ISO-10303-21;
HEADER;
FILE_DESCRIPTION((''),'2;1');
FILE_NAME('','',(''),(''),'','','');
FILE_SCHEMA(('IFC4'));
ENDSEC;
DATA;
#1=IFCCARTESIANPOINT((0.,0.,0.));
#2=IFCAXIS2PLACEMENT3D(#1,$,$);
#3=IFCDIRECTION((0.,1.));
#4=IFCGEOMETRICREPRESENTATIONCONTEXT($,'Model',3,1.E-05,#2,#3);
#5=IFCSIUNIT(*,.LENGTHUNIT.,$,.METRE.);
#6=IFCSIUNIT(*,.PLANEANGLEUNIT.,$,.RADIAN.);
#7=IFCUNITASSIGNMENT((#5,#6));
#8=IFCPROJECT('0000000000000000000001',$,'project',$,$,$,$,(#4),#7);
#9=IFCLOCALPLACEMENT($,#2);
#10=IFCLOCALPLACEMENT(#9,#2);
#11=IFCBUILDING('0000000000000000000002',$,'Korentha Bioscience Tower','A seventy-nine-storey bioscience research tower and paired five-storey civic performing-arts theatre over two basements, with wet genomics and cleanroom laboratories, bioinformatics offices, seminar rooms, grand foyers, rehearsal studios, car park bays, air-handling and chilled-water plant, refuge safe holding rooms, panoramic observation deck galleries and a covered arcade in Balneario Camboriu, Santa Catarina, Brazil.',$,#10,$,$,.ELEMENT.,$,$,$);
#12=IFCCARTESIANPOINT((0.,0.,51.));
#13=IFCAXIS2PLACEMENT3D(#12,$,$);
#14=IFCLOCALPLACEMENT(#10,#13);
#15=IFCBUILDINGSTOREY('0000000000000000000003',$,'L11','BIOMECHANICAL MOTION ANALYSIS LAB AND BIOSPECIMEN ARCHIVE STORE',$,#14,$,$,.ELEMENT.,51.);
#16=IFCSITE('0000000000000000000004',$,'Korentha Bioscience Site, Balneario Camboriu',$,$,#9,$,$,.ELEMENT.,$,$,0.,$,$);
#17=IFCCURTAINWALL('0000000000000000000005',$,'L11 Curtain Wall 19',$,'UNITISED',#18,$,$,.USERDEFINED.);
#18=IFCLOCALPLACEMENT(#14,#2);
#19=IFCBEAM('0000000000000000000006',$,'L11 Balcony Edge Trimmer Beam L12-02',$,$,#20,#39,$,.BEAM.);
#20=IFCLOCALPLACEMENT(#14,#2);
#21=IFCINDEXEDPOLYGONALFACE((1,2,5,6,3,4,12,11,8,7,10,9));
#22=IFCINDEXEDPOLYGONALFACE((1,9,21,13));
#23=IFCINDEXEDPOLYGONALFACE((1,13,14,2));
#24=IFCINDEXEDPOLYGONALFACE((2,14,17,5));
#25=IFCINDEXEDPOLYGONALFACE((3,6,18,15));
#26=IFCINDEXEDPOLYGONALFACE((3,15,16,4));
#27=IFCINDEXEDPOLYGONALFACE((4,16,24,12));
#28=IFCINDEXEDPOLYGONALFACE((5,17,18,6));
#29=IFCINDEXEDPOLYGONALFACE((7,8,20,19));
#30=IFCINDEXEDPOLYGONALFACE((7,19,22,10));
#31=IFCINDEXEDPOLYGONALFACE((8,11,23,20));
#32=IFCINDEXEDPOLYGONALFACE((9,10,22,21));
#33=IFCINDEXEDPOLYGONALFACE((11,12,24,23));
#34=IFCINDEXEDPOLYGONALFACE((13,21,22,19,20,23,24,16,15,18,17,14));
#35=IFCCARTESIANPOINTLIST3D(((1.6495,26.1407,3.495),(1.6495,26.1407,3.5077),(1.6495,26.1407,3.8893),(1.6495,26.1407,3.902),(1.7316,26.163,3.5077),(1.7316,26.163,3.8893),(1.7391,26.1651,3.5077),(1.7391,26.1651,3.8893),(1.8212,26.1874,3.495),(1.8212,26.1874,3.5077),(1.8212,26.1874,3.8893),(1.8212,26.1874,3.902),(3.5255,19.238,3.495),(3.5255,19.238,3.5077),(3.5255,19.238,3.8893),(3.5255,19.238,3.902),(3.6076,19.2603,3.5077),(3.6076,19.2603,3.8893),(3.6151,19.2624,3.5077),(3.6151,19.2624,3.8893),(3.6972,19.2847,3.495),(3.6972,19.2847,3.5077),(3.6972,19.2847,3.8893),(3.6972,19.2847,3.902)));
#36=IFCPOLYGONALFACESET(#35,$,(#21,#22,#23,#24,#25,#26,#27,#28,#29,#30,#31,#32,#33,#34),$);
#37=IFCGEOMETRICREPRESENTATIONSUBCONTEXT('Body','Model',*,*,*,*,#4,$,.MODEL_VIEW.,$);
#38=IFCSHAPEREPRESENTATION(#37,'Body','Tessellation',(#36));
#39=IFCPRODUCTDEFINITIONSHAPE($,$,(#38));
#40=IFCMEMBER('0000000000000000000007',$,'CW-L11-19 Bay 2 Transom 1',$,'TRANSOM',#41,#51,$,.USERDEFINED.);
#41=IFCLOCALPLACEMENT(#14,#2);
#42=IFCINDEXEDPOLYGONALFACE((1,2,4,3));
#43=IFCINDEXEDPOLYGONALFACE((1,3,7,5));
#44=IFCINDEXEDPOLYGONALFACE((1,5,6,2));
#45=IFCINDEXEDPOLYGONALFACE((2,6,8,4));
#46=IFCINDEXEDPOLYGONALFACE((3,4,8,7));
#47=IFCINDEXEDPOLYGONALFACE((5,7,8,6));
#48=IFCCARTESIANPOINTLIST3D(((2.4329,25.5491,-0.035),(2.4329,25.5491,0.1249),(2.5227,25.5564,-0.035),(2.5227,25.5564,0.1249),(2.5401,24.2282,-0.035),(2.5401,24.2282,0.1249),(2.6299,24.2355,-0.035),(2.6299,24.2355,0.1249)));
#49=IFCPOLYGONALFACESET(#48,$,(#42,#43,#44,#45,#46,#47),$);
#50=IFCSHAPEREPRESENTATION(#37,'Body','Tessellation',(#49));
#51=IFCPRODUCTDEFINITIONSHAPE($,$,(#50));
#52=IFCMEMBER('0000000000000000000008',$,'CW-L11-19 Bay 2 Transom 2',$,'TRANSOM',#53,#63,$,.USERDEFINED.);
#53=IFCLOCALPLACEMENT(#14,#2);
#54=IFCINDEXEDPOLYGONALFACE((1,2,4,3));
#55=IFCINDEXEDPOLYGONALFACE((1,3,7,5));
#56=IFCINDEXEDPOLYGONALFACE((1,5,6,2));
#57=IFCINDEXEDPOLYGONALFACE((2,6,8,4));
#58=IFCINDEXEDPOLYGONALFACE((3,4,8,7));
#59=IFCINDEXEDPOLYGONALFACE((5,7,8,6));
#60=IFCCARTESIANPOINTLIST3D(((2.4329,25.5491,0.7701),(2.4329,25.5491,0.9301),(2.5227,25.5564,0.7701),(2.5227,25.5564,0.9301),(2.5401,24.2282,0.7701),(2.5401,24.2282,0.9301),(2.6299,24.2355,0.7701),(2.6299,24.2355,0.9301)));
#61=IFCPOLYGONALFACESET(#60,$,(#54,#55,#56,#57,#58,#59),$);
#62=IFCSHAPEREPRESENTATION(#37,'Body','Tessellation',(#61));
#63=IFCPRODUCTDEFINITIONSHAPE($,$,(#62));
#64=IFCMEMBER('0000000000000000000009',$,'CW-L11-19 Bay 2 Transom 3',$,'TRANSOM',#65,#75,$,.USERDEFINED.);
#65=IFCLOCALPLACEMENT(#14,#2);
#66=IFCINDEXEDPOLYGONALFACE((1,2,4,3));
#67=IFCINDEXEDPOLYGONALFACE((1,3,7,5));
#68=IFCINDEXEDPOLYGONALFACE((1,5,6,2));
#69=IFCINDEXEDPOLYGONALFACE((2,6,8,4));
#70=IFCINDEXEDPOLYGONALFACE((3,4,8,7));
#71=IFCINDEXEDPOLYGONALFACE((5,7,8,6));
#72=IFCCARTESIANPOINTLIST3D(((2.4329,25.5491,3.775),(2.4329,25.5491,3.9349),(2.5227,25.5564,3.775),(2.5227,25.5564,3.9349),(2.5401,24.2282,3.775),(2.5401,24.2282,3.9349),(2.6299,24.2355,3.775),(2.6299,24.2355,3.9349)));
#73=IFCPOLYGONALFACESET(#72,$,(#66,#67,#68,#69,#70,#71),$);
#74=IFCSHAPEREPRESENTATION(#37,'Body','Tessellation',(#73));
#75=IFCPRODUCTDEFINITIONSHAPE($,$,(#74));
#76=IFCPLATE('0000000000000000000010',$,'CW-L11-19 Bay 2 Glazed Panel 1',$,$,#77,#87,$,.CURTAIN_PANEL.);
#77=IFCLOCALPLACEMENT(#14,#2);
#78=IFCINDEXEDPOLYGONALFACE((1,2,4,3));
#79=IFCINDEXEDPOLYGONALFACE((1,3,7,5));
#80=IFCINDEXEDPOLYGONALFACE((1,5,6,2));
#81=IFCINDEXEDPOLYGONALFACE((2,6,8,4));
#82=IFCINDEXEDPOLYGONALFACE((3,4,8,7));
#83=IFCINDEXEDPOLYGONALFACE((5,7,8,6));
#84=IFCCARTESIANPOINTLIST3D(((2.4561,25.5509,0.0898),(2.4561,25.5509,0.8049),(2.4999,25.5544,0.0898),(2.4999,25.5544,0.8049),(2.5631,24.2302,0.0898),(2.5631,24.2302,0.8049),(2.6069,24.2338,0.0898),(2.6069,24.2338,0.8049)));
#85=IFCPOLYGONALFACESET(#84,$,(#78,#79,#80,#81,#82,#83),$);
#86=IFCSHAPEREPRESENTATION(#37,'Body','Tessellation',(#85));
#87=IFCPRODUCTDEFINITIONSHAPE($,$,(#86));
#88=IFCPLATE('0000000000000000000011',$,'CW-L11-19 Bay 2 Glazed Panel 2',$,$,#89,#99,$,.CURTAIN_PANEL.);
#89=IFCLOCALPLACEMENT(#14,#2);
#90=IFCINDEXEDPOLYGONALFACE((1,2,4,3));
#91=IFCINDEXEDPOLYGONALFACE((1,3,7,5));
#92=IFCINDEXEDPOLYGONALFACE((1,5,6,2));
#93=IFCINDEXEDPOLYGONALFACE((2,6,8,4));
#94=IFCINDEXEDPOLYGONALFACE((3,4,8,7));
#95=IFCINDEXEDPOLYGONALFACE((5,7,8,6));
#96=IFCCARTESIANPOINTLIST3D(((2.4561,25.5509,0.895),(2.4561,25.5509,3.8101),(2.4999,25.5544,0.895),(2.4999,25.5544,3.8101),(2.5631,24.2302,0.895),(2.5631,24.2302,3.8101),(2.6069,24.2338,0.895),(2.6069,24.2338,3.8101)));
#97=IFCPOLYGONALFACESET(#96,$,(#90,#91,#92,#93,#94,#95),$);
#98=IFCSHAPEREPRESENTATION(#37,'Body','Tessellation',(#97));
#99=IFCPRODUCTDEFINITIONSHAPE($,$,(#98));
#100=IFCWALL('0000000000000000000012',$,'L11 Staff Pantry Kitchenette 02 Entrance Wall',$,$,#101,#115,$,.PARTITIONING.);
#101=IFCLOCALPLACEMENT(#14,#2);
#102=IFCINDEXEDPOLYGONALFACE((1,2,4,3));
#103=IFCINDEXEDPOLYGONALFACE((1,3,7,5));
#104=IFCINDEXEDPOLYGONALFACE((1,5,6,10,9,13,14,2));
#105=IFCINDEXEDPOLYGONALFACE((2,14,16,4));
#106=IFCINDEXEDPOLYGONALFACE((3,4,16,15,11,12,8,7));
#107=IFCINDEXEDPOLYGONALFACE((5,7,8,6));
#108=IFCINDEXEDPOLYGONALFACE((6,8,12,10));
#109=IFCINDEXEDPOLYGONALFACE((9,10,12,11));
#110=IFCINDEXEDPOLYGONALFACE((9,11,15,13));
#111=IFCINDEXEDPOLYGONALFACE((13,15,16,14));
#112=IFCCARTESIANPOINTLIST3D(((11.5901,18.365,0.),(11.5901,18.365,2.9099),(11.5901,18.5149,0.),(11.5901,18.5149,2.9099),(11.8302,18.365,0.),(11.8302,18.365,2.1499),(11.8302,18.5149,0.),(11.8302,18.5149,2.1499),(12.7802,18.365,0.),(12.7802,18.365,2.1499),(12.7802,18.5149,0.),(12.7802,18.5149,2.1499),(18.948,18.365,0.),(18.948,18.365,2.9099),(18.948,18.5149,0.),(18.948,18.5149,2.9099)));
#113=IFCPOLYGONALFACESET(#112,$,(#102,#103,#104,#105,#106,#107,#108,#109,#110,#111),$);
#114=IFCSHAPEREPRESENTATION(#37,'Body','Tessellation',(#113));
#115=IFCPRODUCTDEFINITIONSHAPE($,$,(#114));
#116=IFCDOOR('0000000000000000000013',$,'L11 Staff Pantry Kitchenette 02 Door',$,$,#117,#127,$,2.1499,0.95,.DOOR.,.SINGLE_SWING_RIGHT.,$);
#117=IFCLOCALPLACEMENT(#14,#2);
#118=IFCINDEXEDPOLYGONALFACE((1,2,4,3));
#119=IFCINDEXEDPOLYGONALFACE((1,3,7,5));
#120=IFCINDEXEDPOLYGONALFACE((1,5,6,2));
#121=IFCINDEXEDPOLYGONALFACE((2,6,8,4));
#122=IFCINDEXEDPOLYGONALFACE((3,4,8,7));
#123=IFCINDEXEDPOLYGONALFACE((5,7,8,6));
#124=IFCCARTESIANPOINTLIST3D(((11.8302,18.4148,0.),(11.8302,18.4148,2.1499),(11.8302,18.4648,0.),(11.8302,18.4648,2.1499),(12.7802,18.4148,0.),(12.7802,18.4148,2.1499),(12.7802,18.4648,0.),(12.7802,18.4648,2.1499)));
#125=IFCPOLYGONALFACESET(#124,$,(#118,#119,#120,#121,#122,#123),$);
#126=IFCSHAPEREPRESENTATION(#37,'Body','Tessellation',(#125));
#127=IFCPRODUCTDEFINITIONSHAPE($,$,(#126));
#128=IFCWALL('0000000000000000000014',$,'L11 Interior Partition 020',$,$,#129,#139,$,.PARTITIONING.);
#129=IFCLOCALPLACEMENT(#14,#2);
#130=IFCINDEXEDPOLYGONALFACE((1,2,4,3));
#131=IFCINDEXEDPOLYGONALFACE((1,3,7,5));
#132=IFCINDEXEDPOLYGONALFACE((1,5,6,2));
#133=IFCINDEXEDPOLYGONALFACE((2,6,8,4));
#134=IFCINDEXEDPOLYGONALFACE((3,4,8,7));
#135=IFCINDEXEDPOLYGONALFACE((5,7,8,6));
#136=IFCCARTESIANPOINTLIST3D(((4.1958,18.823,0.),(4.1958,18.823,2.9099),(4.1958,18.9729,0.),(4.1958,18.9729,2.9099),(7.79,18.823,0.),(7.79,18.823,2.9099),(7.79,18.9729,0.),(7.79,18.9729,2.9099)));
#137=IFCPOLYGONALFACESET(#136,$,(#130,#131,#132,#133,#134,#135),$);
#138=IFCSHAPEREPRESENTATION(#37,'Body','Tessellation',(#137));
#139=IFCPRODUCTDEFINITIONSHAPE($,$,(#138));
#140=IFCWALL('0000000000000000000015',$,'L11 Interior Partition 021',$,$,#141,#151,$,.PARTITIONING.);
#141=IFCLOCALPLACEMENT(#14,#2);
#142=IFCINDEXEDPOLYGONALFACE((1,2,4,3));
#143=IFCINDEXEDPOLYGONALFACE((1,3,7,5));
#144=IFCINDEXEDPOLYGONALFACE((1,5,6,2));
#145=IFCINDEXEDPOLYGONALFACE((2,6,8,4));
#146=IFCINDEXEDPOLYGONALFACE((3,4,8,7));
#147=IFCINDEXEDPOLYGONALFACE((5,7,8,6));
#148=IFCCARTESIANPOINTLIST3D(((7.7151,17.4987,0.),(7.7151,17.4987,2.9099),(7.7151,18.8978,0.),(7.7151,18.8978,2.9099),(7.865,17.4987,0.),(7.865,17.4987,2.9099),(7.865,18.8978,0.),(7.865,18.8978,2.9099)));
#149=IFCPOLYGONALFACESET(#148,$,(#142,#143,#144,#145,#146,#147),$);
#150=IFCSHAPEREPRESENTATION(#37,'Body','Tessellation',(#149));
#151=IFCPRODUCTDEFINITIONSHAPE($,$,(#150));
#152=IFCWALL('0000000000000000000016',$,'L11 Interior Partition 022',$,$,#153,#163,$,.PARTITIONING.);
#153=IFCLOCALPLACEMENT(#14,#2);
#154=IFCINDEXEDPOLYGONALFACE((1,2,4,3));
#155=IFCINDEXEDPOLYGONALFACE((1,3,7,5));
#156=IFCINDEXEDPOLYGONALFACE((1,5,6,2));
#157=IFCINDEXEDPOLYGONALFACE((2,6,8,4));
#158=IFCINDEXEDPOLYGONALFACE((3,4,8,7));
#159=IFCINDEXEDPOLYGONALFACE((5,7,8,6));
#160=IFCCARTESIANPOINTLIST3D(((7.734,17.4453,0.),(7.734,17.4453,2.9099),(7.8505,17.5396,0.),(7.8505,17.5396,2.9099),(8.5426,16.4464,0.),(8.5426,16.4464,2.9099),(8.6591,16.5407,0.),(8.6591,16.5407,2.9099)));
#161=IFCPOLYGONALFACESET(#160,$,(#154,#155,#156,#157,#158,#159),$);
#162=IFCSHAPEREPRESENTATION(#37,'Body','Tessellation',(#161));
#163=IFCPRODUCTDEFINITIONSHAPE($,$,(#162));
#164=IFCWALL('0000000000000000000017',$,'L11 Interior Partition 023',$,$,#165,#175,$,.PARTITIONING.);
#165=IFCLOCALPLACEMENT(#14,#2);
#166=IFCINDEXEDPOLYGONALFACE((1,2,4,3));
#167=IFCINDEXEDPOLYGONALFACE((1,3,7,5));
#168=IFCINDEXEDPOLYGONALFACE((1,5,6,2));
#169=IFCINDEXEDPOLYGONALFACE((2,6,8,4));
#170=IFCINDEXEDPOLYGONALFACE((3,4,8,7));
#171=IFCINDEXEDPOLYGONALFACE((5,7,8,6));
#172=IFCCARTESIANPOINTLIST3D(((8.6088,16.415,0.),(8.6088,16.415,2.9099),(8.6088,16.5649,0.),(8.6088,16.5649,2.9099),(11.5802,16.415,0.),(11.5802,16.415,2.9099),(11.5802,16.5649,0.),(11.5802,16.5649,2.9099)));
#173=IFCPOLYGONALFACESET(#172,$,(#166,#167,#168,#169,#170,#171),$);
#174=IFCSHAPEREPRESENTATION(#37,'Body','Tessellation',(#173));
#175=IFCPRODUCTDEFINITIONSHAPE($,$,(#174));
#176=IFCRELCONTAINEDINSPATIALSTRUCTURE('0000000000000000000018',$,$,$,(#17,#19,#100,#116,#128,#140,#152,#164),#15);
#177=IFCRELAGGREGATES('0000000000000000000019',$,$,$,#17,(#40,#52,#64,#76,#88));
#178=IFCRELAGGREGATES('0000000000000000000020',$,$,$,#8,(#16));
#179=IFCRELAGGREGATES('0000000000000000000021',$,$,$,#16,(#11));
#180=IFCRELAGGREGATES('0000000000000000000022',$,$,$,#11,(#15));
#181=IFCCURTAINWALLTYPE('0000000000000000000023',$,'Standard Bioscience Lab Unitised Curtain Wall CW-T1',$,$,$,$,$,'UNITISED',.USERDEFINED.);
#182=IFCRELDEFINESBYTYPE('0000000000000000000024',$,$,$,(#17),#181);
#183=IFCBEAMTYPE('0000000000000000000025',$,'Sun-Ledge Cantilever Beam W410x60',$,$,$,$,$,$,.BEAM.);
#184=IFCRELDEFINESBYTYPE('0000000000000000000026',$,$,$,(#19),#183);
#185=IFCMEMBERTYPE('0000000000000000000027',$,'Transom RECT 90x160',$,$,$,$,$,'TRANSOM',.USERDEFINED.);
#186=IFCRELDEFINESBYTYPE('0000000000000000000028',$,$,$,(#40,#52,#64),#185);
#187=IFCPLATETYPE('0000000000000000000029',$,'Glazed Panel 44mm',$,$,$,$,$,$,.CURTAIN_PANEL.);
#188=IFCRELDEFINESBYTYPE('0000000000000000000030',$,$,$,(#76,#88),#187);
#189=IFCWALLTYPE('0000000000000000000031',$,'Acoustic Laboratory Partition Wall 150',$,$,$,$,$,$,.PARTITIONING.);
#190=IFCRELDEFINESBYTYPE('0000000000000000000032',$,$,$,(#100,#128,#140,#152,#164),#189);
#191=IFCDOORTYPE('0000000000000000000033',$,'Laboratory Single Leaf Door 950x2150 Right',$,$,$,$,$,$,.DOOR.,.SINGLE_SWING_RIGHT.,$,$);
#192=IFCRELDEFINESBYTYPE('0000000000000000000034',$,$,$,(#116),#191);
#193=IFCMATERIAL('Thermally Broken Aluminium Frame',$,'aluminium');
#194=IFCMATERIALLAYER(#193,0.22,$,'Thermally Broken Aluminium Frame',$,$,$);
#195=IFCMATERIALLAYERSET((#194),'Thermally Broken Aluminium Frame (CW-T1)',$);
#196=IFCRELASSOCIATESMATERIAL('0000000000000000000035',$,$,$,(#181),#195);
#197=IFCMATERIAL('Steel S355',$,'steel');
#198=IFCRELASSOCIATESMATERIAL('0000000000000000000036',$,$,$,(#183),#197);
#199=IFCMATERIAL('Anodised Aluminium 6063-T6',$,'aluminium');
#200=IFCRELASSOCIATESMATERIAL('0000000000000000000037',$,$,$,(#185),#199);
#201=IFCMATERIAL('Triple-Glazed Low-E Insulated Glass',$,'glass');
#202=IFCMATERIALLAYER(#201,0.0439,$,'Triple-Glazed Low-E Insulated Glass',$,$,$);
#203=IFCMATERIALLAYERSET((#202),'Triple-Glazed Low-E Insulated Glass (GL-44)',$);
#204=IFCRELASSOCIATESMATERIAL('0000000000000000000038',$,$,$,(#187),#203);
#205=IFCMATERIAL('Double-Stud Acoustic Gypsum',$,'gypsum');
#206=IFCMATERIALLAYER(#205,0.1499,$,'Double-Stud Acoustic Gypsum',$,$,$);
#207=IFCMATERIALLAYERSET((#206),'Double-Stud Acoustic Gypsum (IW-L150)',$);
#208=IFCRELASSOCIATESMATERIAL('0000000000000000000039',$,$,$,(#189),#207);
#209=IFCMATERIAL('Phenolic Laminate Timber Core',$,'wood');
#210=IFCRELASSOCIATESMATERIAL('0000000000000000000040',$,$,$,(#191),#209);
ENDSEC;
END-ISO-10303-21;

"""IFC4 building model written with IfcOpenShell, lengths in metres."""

from ifc_helpers import new_model, si_unit, direction, frame, frame_2d, origin, origin_2d, place, context, subcontext, project, spatial, rectangle, i_section, extrude, material, layer, layer_set, material_profile, profile_set, type_object, element, fill, aggregate, save


model = new_model("IFC4")

# Units and contexts
model_context = context("Model", 3, precision=1e-05, world=origin(), true_north=direction((0.0, 1.0)))
body_context = subcontext(model_context, "Body", "Model", "MODEL_VIEW")
ifc_project = project(units=[si_unit("LENGTHUNIT", "METRE"), si_unit("PLANEANGLEUNIT", "RADIAN")], contexts=[model_context])

# Site, building, storey
site_placement = place(None, origin())
site = spatial("IfcSite", under=ifc_project, at=site_placement, Name="Korentha Bioscience Site, Balneario Camboriu", CompositionType="ELEMENT", RefElevation=0.0)
building_placement = place(site_placement, origin())
building = spatial("IfcBuilding", under=site, at=building_placement, Name="Korentha Bioscience Tower", Description="A seventy-nine-storey bioscience research tower and paired five-storey civic performing-arts theatre over two basements, with wet genomics and cleanroom laboratories, bioinformatics offices, seminar rooms, grand foyers, rehearsal studios, car park bays, air-handling and chilled-water plant, refuge safe holding rooms, panoramic observation deck galleries and a covered arcade in Balneario Camboriu, Santa Catarina, Brazil.", CompositionType="ELEMENT")
storey_placement = place(building_placement, frame((0.0, 0.0, 51.0)))
storey = spatial("IfcBuildingStorey", under=building, at=storey_placement, Name="L11", Description="BIOMECHANICAL MOTION ANALYSIS LAB AND BIOSPECIMEN ARCHIVE STORE", CompositionType="ELEMENT", Elevation=51.0)

# Curtain wall
ifc_material_1 = material(Name="Thermally Broken Aluminium Frame", Category="aluminium")
ifc_layer_1 = layer(ifc_material_1, 0.22, Name="Thermally Broken Aluminium Frame")
ifc_layer_set_1 = layer_set([ifc_layer_1], Name="Thermally Broken Aluminium Frame (CW-T1)")
curtain_wall_type = type_object("IfcCurtainWallType", Name="Standard Bioscience Lab Unitised Curtain Wall CW-T1", ElementType="UNITISED", PredefinedType="USERDEFINED", material=ifc_layer_set_1)
curtain_wall_placement = place(storey_placement, origin())
curtain_wall = element("IfcCurtainWall", 1, at=curtain_wall_placement, inside=storey, type_object=curtain_wall_type, Name="L11 Curtain Wall 19", ObjectType="UNITISED", PredefinedType="USERDEFINED")
ifc_material_2 = material(Name="Anodised Aluminium 6063-T6", Category="aluminium")

# Beam
ifc_material_3 = material(Name="Steel S355", Category="steel")
ifc_material_profile_1 = material_profile(ifc_material_3, i_section(OverallWidth=0.178, OverallDepth=0.407, WebThickness=0.0078, FlangeThickness=0.0127, at=origin_2d()), Name="Steel S355")
ifc_profile_set_1 = profile_set([ifc_material_profile_1], Name="Steel S355 (CB-410)")
beam_type_1 = type_object("IfcBeamType", Name="Sun-Ledge Cantilever Beam W410x60", PredefinedType="BEAM", material=ifc_profile_set_1)
beam_1_placement = place(storey_placement, frame((1.7354, 26.1641, 3.6985), z_axis=(0.262265, -0.964996, 0.0), x_axis=(0.964996, 0.262265, 0.0)))
element("IfcBeam", 2, at=beam_1_placement, inside=storey, type_object=beam_type_1, Name="L11 Balcony Edge Trimmer Beam L12-02", PredefinedType="BEAM", context=body_context, shape_type="SweptSolid", body=[
    extrude(i_section(OverallWidth=0.178, OverallDepth=0.407, WebThickness=0.0078, FlangeThickness=0.0127, at=origin_2d()), origin(), (0.0, 0.0, 1.0), 7.1531),
])

# Members
ifc_material_profile_2 = material_profile(ifc_material_2, rectangle(XDim=0.0901, YDim=0.1599, at=origin_2d()), Name="Anodised Aluminium 6063-T6")
ifc_profile_set_2 = profile_set([ifc_material_profile_2], Name="Anodised Aluminium 6063-T6 (CW-TRN)")
member_type_1 = type_object("IfcMemberType", Name="Transom RECT 90x160", ElementType="TRANSOM", PredefinedType="USERDEFINED", material=ifc_profile_set_2)
member_1_placement = place(storey_placement, frame((2.4778, 25.5527, 0.0449), z_axis=(0.08088, -0.996724, 0.0), x_axis=(0.996724, 0.08088, 0.0)))
member_1 = element("IfcMember", 3, at=member_1_placement, type_object=member_type_1, Name="CW-L11-19 Bay 2 Transom 1", ObjectType="TRANSOM", PredefinedType="USERDEFINED", context=body_context, shape_type="SweptSolid", body=[
    extrude(rectangle(XDim=0.0901, YDim=0.1599, at=origin_2d()), origin(), (0.0, 0.0, 1.0), 1.3252),
])
member_2_placement = place(storey_placement, frame((2.4778, 25.5527, 0.8501), z_axis=(0.08088, -0.996724, 0.0), x_axis=(0.996724, 0.08088, 0.0)))
member_2 = element("IfcMember", 4, at=member_2_placement, type_object=member_type_1, Name="CW-L11-19 Bay 2 Transom 2", ObjectType="TRANSOM", PredefinedType="USERDEFINED", context=body_context, shape_type="SweptSolid", body=[
    extrude(rectangle(XDim=0.0901, YDim=0.1599, at=origin_2d()), origin(), (0.0, 0.0, 1.0), 1.3252),
])
member_3_placement = place(storey_placement, frame((2.4778, 25.5527, 3.855), z_axis=(0.08088, -0.996724, 0.0), x_axis=(0.996724, 0.08088, 0.0)))
member_3 = element("IfcMember", 5, at=member_3_placement, type_object=member_type_1, Name="CW-L11-19 Bay 2 Transom 3", ObjectType="TRANSOM", PredefinedType="USERDEFINED", context=body_context, shape_type="SweptSolid", body=[
    extrude(rectangle(XDim=0.0901, YDim=0.1599, at=origin_2d()), origin(), (0.0, 0.0, 1.0), 1.3252),
])

# Plates
ifc_material_4 = material(Name="Triple-Glazed Low-E Insulated Glass", Category="glass")
ifc_layer_2 = layer(ifc_material_4, 0.0439, Name="Triple-Glazed Low-E Insulated Glass")
ifc_layer_set_2 = layer_set([ifc_layer_2], Name="Triple-Glazed Low-E Insulated Glass (GL-44)")
plate_type = type_object("IfcPlateType", Name="Glazed Panel 44mm", PredefinedType="CURTAIN_PANEL", material=ifc_layer_set_2)
plate_1_placement = place(storey_placement, frame((2.5315, 24.8923, 0.0898), z_axis=(0.0, 0.0, 1.0), x_axis=(0.08082, -0.996729, 0.0)))
plate_1 = element("IfcPlate", 6, at=plate_1_placement, type_object=plate_type, Name="CW-L11-19 Bay 2 Glazed Panel 1", PredefinedType="CURTAIN_PANEL", context=body_context, shape_type="SweptSolid", body=[
    extrude(rectangle(XDim=1.325, YDim=0.0439, at=origin_2d()), origin(), (0.0, 0.0, 1.0), 0.7151),
])
plate_2_placement = place(storey_placement, frame((2.5315, 24.8923, 0.895), z_axis=(0.0, 0.0, 1.0), x_axis=(0.08082, -0.996729, 0.0)))
plate_2 = element("IfcPlate", 7, at=plate_2_placement, type_object=plate_type, Name="CW-L11-19 Bay 2 Glazed Panel 2", PredefinedType="CURTAIN_PANEL", context=body_context, shape_type="SweptSolid", body=[
    extrude(rectangle(XDim=1.325, YDim=0.0439, at=origin_2d()), origin(), (0.0, 0.0, 1.0), 2.915),
])
aggregate(curtain_wall, [member_1, member_2, member_3, plate_1, plate_2])

# Wall, opening, door
ifc_material_5 = material(Name="Double-Stud Acoustic Gypsum", Category="gypsum")
ifc_layer_3 = layer(ifc_material_5, 0.1499, Name="Double-Stud Acoustic Gypsum")
ifc_layer_set_3 = layer_set([ifc_layer_3], Name="Double-Stud Acoustic Gypsum (IW-L150)")
wall_type_1 = type_object("IfcWallType", Name="Acoustic Laboratory Partition Wall 150", PredefinedType="PARTITIONING", material=ifc_layer_set_3)
wall_1_placement = place(storey_placement, frame((11.5901, 18.4399, 0.0), z_axis=(0.0, 0.0, 1.0), x_axis=(1.0, 0.0, 0.0)))
wall_1 = element("IfcWall", 8, at=wall_1_placement, inside=storey, type_object=wall_type_1, Name="L11 Staff Pantry Kitchenette 02 Entrance Wall", PredefinedType="PARTITIONING", context=body_context, shape_type="SweptSolid", body=[
    extrude(rectangle(XDim=7.3579, YDim=0.1499, at=frame_2d((3.679, 0.0))), origin(), (0.0, 0.0, 1.0), 2.9099),
])
opening_1_placement = place(wall_1_placement, frame((0.24, 0.0, 0.0)))
opening_1 = element("IfcOpeningElement", 9, at=opening_1_placement, cuts=wall_1, PredefinedType="OPENING", context=body_context, shape_type="SweptSolid", body=[
    extrude(rectangle(XDim=0.95, YDim=2.1499, at=frame_2d((0.4751, 1.075))), frame((0.0, 0.0898, 0.0), z_axis=(0.0, -1.0, 0.0), x_axis=(1.0, 0.0, 0.0)), (0.0, 0.0, 1.0), 0.1797),
])
ifc_material_6 = material(Name="Phenolic Laminate Timber Core", Category="wood")
door_type_1 = type_object("IfcDoorType", Name="Laboratory Single Leaf Door 950x2150 Right", OperationType="SINGLE_SWING_RIGHT", PredefinedType="DOOR", material=ifc_material_6)
door_1_placement = place(opening_1_placement, origin())
door_1 = element("IfcDoor", 10, at=door_1_placement, inside=storey, type_object=door_type_1, Name="L11 Staff Pantry Kitchenette 02 Door", OperationType="SINGLE_SWING_RIGHT", OverallHeight=2.1499, OverallWidth=0.95, PredefinedType="DOOR", context=body_context, shape_type="SweptSolid", body=[
    extrude(rectangle(XDim=0.95, YDim=2.1499, at=frame_2d((0.4751, 1.075))), frame((0.0, 0.0249, 0.0), z_axis=(0.0, -1.0, 0.0), x_axis=(1.0, 0.0, 0.0)), (0.0, 0.0, 1.0), 0.05),
])
fill(opening_1, door_1)

# Walls
wall_2_placement = place(storey_placement, frame((4.1958, 18.8979, 0.0), z_axis=(0.0, 0.0, 1.0), x_axis=(1.0, 0.0, 0.0)))
element("IfcWall", 11, at=wall_2_placement, inside=storey, type_object=wall_type_1, Name="L11 Interior Partition 020", PredefinedType="PARTITIONING", context=body_context, shape_type="SweptSolid", body=[
    extrude(rectangle(XDim=3.5942, YDim=0.1499, at=frame_2d((1.7971, 0.0))), origin(), (0.0, 0.0, 1.0), 2.9099),
])
wall_3_placement = place(storey_placement, frame((7.79, 18.8979, 0.0), z_axis=(0.0, 0.0, 1.0), x_axis=(0.0, -1.0, 0.0)))
element("IfcWall", 12, at=wall_3_placement, inside=storey, type_object=wall_type_1, Name="L11 Interior Partition 021", PredefinedType="PARTITIONING", context=body_context, shape_type="SweptSolid", body=[
    extrude(rectangle(XDim=1.3992, YDim=0.1499, at=frame_2d((0.6997, 0.0))), origin(), (0.0, 0.0, 1.0), 2.9099),
])
wall_4_placement = place(storey_placement, frame((7.7922, 17.4924, 0.0), z_axis=(0.0, 0.0, 1.0), x_axis=(0.629226, -0.777223, 0.0)))
element("IfcWall", 13, at=wall_4_placement, inside=storey, type_object=wall_type_1, Name="L11 Interior Partition 022", PredefinedType="PARTITIONING", context=body_context, shape_type="SweptSolid", body=[
    extrude(rectangle(XDim=1.2852, YDim=0.1499, at=frame_2d((0.6426, 0.0))), origin(), (0.0, 0.0, 1.0), 2.9099),
])
wall_5_placement = place(storey_placement, frame((8.6086, 16.49, 0.0), z_axis=(0.0, 0.0, 1.0), x_axis=(1.0, 0.0, 0.0)))
element("IfcWall", 14, at=wall_5_placement, inside=storey, type_object=wall_type_1, Name="L11 Interior Partition 023", PredefinedType="PARTITIONING", context=body_context, shape_type="SweptSolid", body=[
    extrude(rectangle(XDim=2.9714, YDim=0.1499, at=frame_2d((1.4858, 0.0))), origin(), (0.0, 0.0, 1.0), 2.9099),
])

save(model, "model.ifc")
